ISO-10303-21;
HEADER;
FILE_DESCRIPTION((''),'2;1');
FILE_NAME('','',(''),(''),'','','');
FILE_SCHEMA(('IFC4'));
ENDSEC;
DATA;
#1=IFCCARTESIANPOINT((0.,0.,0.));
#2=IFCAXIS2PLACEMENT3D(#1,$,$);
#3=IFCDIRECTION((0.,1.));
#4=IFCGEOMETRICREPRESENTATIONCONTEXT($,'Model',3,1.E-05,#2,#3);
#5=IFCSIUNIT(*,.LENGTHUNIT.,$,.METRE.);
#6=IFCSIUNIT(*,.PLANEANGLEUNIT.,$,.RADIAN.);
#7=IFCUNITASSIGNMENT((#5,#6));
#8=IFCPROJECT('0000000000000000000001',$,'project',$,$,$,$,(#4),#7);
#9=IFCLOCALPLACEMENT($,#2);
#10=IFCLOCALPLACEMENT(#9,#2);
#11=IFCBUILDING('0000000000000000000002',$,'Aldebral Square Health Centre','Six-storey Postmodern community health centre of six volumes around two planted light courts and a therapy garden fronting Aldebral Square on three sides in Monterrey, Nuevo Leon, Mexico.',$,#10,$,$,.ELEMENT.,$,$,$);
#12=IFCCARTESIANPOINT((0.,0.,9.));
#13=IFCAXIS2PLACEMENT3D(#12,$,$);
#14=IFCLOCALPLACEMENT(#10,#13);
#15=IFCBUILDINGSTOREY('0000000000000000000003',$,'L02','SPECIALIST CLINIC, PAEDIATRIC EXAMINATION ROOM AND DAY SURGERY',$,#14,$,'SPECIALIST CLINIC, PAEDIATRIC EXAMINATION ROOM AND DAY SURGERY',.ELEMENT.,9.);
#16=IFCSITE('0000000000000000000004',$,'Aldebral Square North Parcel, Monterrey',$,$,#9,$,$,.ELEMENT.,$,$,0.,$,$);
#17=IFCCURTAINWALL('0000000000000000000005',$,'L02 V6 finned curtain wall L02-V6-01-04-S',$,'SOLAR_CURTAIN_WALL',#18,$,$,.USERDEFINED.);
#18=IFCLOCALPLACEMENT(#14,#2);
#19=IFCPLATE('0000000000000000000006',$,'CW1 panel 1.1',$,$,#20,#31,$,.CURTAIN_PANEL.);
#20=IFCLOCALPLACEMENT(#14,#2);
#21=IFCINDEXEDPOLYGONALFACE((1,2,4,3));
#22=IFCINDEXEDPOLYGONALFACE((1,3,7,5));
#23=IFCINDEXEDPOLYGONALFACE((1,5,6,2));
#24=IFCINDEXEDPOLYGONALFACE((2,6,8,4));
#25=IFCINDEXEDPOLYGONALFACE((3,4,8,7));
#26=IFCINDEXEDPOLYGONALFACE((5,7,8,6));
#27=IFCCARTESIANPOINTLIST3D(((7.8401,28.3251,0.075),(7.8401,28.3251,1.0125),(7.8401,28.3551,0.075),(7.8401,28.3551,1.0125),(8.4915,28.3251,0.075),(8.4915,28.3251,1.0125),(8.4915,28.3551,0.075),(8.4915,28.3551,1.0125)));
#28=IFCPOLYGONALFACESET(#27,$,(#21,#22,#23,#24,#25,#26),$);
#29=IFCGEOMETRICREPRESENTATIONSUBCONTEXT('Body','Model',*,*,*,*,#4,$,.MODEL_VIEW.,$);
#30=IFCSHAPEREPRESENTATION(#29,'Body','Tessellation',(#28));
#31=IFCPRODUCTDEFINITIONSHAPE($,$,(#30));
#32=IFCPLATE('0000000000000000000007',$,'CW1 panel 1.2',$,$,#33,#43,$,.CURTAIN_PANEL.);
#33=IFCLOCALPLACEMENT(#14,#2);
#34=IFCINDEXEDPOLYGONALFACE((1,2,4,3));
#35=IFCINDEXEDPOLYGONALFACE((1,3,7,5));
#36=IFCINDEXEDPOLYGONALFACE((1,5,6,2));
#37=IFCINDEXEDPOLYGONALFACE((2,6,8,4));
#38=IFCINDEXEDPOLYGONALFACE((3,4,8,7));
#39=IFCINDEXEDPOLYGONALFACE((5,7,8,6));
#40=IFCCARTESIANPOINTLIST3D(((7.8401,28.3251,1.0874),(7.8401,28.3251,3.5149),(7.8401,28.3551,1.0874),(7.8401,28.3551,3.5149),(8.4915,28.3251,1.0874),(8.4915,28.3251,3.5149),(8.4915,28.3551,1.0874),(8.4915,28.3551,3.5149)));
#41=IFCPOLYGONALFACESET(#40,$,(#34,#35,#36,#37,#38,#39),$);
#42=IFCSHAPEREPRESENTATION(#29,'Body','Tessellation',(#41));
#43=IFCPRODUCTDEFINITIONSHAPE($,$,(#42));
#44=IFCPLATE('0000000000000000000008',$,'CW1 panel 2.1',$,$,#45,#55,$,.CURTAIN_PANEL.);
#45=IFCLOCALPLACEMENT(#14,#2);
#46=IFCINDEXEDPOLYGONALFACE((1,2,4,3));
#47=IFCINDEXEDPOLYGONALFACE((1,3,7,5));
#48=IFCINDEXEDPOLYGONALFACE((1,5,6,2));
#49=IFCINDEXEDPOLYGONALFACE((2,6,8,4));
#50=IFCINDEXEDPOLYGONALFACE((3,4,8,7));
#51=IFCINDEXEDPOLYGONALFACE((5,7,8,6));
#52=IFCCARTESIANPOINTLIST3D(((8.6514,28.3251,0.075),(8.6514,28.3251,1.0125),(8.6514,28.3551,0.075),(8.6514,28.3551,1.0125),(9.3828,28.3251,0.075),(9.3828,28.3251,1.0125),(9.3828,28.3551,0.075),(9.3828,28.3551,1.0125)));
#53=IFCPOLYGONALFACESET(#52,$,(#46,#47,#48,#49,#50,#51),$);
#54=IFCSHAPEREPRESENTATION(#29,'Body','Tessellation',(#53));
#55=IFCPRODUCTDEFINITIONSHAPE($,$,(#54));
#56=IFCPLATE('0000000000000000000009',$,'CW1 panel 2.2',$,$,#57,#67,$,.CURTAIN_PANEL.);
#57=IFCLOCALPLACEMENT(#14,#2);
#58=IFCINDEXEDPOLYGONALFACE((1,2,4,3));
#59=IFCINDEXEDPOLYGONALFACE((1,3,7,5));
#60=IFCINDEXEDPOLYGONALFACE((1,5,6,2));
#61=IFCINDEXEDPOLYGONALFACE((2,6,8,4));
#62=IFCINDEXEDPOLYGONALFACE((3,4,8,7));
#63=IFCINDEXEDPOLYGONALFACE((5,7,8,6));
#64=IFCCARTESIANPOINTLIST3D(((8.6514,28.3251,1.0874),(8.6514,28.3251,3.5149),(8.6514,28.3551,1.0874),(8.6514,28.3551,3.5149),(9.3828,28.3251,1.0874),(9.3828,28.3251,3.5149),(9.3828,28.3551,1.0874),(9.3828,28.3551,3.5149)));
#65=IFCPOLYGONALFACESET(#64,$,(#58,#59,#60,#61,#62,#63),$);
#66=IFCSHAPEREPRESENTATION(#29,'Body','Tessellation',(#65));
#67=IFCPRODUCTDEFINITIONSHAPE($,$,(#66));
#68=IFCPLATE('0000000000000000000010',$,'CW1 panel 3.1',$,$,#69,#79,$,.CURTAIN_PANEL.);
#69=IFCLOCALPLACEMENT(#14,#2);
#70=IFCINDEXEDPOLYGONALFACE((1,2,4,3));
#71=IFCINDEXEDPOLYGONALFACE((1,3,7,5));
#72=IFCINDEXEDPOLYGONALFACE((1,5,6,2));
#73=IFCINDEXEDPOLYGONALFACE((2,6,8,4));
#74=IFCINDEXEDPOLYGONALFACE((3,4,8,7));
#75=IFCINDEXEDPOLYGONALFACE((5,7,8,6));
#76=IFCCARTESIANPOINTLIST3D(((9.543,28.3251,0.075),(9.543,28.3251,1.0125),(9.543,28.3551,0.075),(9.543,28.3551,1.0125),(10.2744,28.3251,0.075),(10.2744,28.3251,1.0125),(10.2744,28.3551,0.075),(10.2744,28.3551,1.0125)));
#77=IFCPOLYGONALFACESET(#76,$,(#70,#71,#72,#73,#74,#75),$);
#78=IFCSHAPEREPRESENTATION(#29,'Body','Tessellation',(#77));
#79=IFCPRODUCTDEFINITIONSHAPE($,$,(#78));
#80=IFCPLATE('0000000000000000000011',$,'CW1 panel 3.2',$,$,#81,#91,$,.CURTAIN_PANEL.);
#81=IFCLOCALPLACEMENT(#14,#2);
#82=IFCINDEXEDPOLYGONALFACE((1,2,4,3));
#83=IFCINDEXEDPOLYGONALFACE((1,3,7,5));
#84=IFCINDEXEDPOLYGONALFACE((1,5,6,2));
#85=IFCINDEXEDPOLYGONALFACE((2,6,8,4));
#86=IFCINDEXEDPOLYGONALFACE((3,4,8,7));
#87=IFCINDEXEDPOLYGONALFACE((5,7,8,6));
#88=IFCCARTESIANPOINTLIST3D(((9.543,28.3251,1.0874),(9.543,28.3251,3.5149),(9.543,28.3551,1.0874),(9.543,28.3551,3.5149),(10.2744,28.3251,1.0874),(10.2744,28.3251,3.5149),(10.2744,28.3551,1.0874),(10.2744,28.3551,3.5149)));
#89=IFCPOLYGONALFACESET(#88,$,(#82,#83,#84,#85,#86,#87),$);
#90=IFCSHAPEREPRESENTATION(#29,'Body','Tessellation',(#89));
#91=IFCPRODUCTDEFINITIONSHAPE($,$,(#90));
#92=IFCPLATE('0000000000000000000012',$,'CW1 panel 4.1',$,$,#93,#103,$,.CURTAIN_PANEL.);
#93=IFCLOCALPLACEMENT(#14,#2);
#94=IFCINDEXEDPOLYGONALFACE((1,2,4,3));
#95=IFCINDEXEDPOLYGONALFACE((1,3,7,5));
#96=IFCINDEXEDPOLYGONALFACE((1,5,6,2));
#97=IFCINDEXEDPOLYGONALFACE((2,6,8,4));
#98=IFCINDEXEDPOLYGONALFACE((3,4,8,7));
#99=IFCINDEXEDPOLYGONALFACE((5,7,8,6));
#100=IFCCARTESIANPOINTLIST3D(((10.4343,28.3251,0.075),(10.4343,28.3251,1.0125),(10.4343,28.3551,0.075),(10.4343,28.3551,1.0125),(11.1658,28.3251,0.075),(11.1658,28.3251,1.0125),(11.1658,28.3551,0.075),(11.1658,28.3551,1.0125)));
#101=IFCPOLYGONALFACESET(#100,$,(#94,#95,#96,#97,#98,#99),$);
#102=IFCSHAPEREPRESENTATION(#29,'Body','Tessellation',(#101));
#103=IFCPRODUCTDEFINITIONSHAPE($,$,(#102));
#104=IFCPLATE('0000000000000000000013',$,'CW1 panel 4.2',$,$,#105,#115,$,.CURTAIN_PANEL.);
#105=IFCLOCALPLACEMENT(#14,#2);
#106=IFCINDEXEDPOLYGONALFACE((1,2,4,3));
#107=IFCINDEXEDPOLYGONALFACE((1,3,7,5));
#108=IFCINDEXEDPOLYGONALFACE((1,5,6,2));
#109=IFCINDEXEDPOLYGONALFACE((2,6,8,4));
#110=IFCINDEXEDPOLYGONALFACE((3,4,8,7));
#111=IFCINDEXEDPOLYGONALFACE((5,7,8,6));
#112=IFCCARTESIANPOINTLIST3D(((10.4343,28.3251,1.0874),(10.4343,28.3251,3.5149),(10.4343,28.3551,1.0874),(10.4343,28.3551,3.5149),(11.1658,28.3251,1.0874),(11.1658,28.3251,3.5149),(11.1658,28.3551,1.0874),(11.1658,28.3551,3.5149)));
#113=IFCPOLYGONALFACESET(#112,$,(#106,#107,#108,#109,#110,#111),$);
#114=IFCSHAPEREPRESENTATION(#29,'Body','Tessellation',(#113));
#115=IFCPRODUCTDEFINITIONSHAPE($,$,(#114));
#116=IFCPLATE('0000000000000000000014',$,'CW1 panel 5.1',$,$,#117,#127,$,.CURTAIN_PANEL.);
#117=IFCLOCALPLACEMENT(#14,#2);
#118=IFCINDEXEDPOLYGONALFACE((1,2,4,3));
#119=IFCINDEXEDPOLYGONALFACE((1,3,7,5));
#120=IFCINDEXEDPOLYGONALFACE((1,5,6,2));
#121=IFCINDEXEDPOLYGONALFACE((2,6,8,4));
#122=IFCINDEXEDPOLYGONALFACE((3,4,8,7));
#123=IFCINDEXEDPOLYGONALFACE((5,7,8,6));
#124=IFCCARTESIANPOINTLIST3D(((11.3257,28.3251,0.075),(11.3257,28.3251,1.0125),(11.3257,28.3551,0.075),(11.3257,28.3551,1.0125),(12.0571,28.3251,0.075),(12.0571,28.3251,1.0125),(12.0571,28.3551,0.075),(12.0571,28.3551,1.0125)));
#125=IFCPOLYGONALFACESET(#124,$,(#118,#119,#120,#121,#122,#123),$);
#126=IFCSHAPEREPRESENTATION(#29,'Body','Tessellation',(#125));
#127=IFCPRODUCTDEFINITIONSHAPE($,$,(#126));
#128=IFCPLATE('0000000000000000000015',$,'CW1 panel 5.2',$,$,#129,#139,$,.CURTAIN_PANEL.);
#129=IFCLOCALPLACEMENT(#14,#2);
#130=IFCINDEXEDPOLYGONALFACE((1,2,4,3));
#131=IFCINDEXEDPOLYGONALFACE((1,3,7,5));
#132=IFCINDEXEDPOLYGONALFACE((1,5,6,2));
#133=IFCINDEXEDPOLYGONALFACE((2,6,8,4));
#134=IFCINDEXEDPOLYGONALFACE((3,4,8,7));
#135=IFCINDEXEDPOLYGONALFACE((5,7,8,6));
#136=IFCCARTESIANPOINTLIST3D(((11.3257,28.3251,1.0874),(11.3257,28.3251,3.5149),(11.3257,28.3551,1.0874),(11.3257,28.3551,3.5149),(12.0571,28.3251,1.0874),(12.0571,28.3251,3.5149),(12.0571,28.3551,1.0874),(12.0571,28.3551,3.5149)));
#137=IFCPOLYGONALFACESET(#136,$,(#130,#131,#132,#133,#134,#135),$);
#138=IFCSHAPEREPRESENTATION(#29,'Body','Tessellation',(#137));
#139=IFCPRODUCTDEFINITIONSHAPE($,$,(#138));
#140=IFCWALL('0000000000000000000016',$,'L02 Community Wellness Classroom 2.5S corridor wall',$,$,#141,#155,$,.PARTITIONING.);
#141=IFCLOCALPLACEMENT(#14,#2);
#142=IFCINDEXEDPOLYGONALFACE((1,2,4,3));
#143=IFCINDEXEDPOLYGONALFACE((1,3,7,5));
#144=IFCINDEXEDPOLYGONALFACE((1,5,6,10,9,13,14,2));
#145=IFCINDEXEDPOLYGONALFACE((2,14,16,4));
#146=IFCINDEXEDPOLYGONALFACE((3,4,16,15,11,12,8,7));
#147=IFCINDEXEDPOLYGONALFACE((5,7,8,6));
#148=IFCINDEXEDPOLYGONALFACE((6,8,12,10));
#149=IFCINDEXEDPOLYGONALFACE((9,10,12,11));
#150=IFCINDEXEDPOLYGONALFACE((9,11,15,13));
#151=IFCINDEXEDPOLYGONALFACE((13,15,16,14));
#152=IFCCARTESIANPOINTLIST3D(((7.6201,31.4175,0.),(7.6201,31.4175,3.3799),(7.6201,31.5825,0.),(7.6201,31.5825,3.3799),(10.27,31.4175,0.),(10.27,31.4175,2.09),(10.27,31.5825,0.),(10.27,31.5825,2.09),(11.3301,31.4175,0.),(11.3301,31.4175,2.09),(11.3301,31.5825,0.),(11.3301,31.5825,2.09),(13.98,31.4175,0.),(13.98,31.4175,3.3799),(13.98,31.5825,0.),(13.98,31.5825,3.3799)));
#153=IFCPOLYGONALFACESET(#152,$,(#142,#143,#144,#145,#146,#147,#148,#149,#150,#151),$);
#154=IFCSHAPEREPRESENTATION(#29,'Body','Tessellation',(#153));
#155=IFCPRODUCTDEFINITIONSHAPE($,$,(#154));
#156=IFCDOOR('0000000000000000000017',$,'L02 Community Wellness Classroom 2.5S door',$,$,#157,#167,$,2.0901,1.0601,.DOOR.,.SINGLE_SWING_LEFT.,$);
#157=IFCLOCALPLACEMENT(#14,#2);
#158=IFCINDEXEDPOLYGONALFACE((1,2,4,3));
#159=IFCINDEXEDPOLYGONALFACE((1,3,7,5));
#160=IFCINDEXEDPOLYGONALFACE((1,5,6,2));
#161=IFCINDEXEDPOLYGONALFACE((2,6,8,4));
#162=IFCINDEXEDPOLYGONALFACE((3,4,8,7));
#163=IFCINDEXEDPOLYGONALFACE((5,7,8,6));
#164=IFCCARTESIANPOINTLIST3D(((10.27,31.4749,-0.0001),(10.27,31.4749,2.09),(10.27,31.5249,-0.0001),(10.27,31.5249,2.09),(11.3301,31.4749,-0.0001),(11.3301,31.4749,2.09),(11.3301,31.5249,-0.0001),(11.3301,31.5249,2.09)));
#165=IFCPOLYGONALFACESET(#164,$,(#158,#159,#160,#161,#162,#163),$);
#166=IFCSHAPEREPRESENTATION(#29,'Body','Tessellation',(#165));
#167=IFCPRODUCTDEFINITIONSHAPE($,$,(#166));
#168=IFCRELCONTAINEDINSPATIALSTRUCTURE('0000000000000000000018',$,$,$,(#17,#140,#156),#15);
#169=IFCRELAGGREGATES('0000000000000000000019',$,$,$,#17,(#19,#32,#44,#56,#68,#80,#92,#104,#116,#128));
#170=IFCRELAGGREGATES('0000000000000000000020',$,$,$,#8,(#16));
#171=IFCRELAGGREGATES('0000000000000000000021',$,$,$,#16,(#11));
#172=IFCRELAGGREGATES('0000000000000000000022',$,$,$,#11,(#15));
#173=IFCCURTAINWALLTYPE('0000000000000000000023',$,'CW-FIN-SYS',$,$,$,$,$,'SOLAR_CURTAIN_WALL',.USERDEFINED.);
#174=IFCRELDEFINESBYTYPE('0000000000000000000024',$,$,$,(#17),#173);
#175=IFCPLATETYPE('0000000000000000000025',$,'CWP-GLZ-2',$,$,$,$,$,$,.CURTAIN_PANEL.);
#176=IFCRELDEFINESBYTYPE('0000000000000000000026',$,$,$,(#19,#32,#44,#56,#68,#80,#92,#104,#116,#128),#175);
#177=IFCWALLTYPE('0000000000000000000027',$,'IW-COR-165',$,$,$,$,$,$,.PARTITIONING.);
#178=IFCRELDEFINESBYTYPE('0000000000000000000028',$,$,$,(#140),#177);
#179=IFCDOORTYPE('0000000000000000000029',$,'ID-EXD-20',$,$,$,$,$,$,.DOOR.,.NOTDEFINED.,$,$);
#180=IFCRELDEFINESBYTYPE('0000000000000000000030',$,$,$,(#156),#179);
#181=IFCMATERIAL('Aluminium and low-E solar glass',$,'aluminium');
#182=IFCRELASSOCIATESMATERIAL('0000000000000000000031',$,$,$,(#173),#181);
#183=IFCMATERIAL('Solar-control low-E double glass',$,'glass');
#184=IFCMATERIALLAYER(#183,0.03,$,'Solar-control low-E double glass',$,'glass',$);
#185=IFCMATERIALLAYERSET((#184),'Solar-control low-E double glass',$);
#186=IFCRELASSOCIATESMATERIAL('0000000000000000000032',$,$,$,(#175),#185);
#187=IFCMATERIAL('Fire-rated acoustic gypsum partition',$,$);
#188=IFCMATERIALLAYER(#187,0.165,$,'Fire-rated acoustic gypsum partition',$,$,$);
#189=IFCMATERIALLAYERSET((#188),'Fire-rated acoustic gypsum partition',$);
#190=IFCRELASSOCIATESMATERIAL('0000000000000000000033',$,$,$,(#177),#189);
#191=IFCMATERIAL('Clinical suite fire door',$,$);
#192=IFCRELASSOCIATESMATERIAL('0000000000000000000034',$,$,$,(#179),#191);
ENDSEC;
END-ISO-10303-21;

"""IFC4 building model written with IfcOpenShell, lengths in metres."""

from ifc_helpers import new_model, si_unit, direction, frame, frame_2d, origin, origin_2d, place, context, subcontext, project, spatial, rectangle, extrude, material, layer, layer_set, type_object, element, fill, aggregate, save


model = new_model("IFC4")

# Units and contexts
model_context = context("Model", 3, precision=1e-05, world=origin(), true_north=direction((0.0, 1.0)))
body_context = subcontext(model_context, "Body", "Model", "MODEL_VIEW")
ifc_project = project(units=[si_unit("LENGTHUNIT", "METRE"), si_unit("PLANEANGLEUNIT", "RADIAN")], contexts=[model_context])

# Site, building, storey
site_placement = place(None, origin())
site = spatial("IfcSite", under=ifc_project, at=site_placement, Name="Aldebral Square North Parcel, Monterrey", CompositionType="ELEMENT", RefElevation=0.0)
building_placement = place(site_placement, origin())
building = spatial("IfcBuilding", under=site, at=building_placement, Name="Aldebral Square Health Centre", Description="Six-storey Postmodern community health centre of six volumes around two planted light courts and a therapy garden fronting Aldebral Square on three sides in Monterrey, Nuevo Leon, Mexico.", CompositionType="ELEMENT")
storey_placement = place(building_placement, frame((0.0, 0.0, 9.0)))
storey = spatial("IfcBuildingStorey", under=building, at=storey_placement, Name="L02", Description="SPECIALIST CLINIC, PAEDIATRIC EXAMINATION ROOM AND DAY SURGERY", LongName="SPECIALIST CLINIC, PAEDIATRIC EXAMINATION ROOM AND DAY SURGERY", CompositionType="ELEMENT", Elevation=9.0)

# Shared definitions
ifc_material_1 = material(Name="Aluminium and low-E solar glass", Category="aluminium")
curtain_wall_type = type_object("IfcCurtainWallType", Name="CW-FIN-SYS", ElementType="SOLAR_CURTAIN_WALL", PredefinedType="USERDEFINED", material=ifc_material_1)

# Curtain wall, plates
curtain_wall_1_placement = place(storey_placement, origin())
curtain_wall_1 = element("IfcCurtainWall", 1, at=curtain_wall_1_placement, inside=storey, type_object=curtain_wall_type, Name="L02 V6 finned curtain wall L02-V6-01-04-S", ObjectType="SOLAR_CURTAIN_WALL", PredefinedType="USERDEFINED")
ifc_material_2 = material(Name="Solar-control low-E double glass", Category="glass")
ifc_layer_1 = layer(ifc_material_2, 0.03, Name="Solar-control low-E double glass", Category="glass")
ifc_layer_set_1 = layer_set([ifc_layer_1], Name="Solar-control low-E double glass")
plate_type = type_object("IfcPlateType", Name="CWP-GLZ-2", PredefinedType="CURTAIN_PANEL", material=ifc_layer_set_1)
plate_1_placement = place(storey_placement, frame((8.1658, 28.3401, 0.075), z_axis=(0.0, 0.0, 1.0), x_axis=(1.0, 0.0, 0.0)))
plate_1 = element("IfcPlate", 2, at=plate_1_placement, type_object=plate_type, Name="CW1 panel 1.1", PredefinedType="CURTAIN_PANEL", context=body_context, shape_type="SweptSolid", body=[
    extrude(rectangle(XDim=0.6514, YDim=0.03, at=origin_2d()), origin(), (0.0, 0.0, 1.0), 0.9375),
])
plate_2_placement = place(storey_placement, frame((8.1658, 28.3401, 1.0874), z_axis=(0.0, 0.0, 1.0), x_axis=(1.0, 0.0, 0.0)))
plate_2 = element("IfcPlate", 3, at=plate_2_placement, type_object=plate_type, Name="CW1 panel 1.2", PredefinedType="CURTAIN_PANEL", context=body_context, shape_type="SweptSolid", body=[
    extrude(rectangle(XDim=0.6514, YDim=0.03, at=origin_2d()), origin(), (0.0, 0.0, 1.0), 2.4275),
])
plate_3_placement = place(storey_placement, frame((9.0171, 28.3401, 0.075), z_axis=(0.0, 0.0, 1.0), x_axis=(1.0, 0.0, 0.0)))
plate_3 = element("IfcPlate", 4, at=plate_3_placement, type_object=plate_type, Name="CW1 panel 2.1", PredefinedType="CURTAIN_PANEL", context=body_context, shape_type="SweptSolid", body=[
    extrude(rectangle(XDim=0.7314, YDim=0.03, at=origin_2d()), origin(), (0.0, 0.0, 1.0), 0.9375),
])
plate_4_placement = place(storey_placement, frame((9.0171, 28.3401, 1.0874), z_axis=(0.0, 0.0, 1.0), x_axis=(1.0, 0.0, 0.0)))
plate_4 = element("IfcPlate", 5, at=plate_4_placement, type_object=plate_type, Name="CW1 panel 2.2", PredefinedType="CURTAIN_PANEL", context=body_context, shape_type="SweptSolid", body=[
    extrude(rectangle(XDim=0.7314, YDim=0.03, at=origin_2d()), origin(), (0.0, 0.0, 1.0), 2.4275),
])
plate_5_placement = place(storey_placement, frame((9.9087, 28.3401, 0.075), z_axis=(0.0, 0.0, 1.0), x_axis=(1.0, 0.0, 0.0)))
plate_5 = element("IfcPlate", 6, at=plate_5_placement, type_object=plate_type, Name="CW1 panel 3.1", PredefinedType="CURTAIN_PANEL", context=body_context, shape_type="SweptSolid", body=[
    extrude(rectangle(XDim=0.7314, YDim=0.03, at=origin_2d()), origin(), (0.0, 0.0, 1.0), 0.9375),
])
plate_6_placement = place(storey_placement, frame((9.9087, 28.3401, 1.0874), z_axis=(0.0, 0.0, 1.0), x_axis=(1.0, 0.0, 0.0)))
plate_6 = element("IfcPlate", 7, at=plate_6_placement, type_object=plate_type, Name="CW1 panel 3.2", PredefinedType="CURTAIN_PANEL", context=body_context, shape_type="SweptSolid", body=[
    extrude(rectangle(XDim=0.7314, YDim=0.03, at=origin_2d()), origin(), (0.0, 0.0, 1.0), 2.4275),
])
plate_7_placement = place(storey_placement, frame((10.8, 28.3401, 0.075), z_axis=(0.0, 0.0, 1.0), x_axis=(1.0, 0.0, 0.0)))
plate_7 = element("IfcPlate", 8, at=plate_7_placement, type_object=plate_type, Name="CW1 panel 4.1", PredefinedType="CURTAIN_PANEL", context=body_context, shape_type="SweptSolid", body=[
    extrude(rectangle(XDim=0.7314, YDim=0.03, at=origin_2d()), origin(), (0.0, 0.0, 1.0), 0.9375),
])
plate_8_placement = place(storey_placement, frame((10.8, 28.3401, 1.0874), z_axis=(0.0, 0.0, 1.0), x_axis=(1.0, 0.0, 0.0)))
plate_8 = element("IfcPlate", 9, at=plate_8_placement, type_object=plate_type, Name="CW1 panel 4.2", PredefinedType="CURTAIN_PANEL", context=body_context, shape_type="SweptSolid", body=[
    extrude(rectangle(XDim=0.7314, YDim=0.03, at=origin_2d()), origin(), (0.0, 0.0, 1.0), 2.4275),
])
plate_9_placement = place(storey_placement, frame((11.6914, 28.3401, 0.075), z_axis=(0.0, 0.0, 1.0), x_axis=(1.0, 0.0, 0.0)))
plate_9 = element("IfcPlate", 10, at=plate_9_placement, type_object=plate_type, Name="CW1 panel 5.1", PredefinedType="CURTAIN_PANEL", context=body_context, shape_type="SweptSolid", body=[
    extrude(rectangle(XDim=0.7314, YDim=0.03, at=origin_2d()), origin(), (0.0, 0.0, 1.0), 0.9375),
])
plate_10_placement = place(storey_placement, frame((11.6914, 28.3401, 1.0874), z_axis=(0.0, 0.0, 1.0), x_axis=(1.0, 0.0, 0.0)))
plate_10 = element("IfcPlate", 11, at=plate_10_placement, type_object=plate_type, Name="CW1 panel 5.2", PredefinedType="CURTAIN_PANEL", context=body_context, shape_type="SweptSolid", body=[
    extrude(rectangle(XDim=0.7314, YDim=0.03, at=origin_2d()), origin(), (0.0, 0.0, 1.0), 2.4275),
])
aggregate(curtain_wall_1, [plate_1, plate_2, plate_3, plate_4, plate_5, plate_6, plate_7, plate_8, plate_9, plate_10])

# Wall, opening, door
ifc_material_3 = material(Name="Fire-rated acoustic gypsum partition")
ifc_layer_2 = layer(ifc_material_3, 0.165, Name="Fire-rated acoustic gypsum partition")
ifc_layer_set_2 = layer_set([ifc_layer_2], Name="Fire-rated acoustic gypsum partition")
wall_type = type_object("IfcWallType", Name="IW-COR-165", PredefinedType="PARTITIONING", material=ifc_layer_set_2)
wall_1_placement = place(storey_placement, frame((7.6201, 31.5, 0.0), z_axis=(0.0, 0.0, 1.0), x_axis=(1.0, 0.0, 0.0)))
wall_1 = element("IfcWall", 12, at=wall_1_placement, inside=storey, type_object=wall_type, Name="L02 Community Wellness Classroom 2.5S corridor wall", PredefinedType="PARTITIONING", context=body_context, shape_type="SweptSolid", body=[
    extrude(rectangle(XDim=6.3599, YDim=0.165, at=frame_2d((3.1799, 0.0))), origin(), (0.0, 0.0, 1.0), 3.3799),
])
opening_1_placement = place(wall_1_placement, frame((2.6499, 0.0, 0.0)))
opening_1 = element("IfcOpeningElement", 13, at=opening_1_placement, cuts=wall_1, PredefinedType="OPENING", context=body_context, shape_type="SweptSolid", body=[
    extrude(rectangle(XDim=1.0601, YDim=2.0901, at=frame_2d((0.53, 1.0449))), frame((0.0, 0.0925, 0.0), z_axis=(0.0, -1.0, 0.0), x_axis=(1.0, 0.0, 0.0)), (0.0, 0.0, 1.0), 0.1851),
])
ifc_material_4 = material(Name="Clinical suite fire door")
door_type_1 = type_object("IfcDoorType", Name="ID-EXD-20", OperationType="NOTDEFINED", PredefinedType="DOOR", material=ifc_material_4)
door_1_placement = place(opening_1_placement, origin())
door_1 = element("IfcDoor", 14, at=door_1_placement, inside=storey, type_object=door_type_1, Name="L02 Community Wellness Classroom 2.5S door", OperationType="SINGLE_SWING_LEFT", OverallHeight=2.0901, OverallWidth=1.0601, PredefinedType="DOOR", context=body_context, shape_type="SweptSolid", body=[
    extrude(rectangle(XDim=1.0601, YDim=2.0901, at=frame_2d((0.53, 1.0449))), frame((0.0, 0.0249, 0.0), z_axis=(0.0, -1.0, 0.0), x_axis=(1.0, 0.0, 0.0)), (0.0, 0.0, 1.0), 0.05),
])
fill(opening_1, door_1)

save(model, "model.ifc")
